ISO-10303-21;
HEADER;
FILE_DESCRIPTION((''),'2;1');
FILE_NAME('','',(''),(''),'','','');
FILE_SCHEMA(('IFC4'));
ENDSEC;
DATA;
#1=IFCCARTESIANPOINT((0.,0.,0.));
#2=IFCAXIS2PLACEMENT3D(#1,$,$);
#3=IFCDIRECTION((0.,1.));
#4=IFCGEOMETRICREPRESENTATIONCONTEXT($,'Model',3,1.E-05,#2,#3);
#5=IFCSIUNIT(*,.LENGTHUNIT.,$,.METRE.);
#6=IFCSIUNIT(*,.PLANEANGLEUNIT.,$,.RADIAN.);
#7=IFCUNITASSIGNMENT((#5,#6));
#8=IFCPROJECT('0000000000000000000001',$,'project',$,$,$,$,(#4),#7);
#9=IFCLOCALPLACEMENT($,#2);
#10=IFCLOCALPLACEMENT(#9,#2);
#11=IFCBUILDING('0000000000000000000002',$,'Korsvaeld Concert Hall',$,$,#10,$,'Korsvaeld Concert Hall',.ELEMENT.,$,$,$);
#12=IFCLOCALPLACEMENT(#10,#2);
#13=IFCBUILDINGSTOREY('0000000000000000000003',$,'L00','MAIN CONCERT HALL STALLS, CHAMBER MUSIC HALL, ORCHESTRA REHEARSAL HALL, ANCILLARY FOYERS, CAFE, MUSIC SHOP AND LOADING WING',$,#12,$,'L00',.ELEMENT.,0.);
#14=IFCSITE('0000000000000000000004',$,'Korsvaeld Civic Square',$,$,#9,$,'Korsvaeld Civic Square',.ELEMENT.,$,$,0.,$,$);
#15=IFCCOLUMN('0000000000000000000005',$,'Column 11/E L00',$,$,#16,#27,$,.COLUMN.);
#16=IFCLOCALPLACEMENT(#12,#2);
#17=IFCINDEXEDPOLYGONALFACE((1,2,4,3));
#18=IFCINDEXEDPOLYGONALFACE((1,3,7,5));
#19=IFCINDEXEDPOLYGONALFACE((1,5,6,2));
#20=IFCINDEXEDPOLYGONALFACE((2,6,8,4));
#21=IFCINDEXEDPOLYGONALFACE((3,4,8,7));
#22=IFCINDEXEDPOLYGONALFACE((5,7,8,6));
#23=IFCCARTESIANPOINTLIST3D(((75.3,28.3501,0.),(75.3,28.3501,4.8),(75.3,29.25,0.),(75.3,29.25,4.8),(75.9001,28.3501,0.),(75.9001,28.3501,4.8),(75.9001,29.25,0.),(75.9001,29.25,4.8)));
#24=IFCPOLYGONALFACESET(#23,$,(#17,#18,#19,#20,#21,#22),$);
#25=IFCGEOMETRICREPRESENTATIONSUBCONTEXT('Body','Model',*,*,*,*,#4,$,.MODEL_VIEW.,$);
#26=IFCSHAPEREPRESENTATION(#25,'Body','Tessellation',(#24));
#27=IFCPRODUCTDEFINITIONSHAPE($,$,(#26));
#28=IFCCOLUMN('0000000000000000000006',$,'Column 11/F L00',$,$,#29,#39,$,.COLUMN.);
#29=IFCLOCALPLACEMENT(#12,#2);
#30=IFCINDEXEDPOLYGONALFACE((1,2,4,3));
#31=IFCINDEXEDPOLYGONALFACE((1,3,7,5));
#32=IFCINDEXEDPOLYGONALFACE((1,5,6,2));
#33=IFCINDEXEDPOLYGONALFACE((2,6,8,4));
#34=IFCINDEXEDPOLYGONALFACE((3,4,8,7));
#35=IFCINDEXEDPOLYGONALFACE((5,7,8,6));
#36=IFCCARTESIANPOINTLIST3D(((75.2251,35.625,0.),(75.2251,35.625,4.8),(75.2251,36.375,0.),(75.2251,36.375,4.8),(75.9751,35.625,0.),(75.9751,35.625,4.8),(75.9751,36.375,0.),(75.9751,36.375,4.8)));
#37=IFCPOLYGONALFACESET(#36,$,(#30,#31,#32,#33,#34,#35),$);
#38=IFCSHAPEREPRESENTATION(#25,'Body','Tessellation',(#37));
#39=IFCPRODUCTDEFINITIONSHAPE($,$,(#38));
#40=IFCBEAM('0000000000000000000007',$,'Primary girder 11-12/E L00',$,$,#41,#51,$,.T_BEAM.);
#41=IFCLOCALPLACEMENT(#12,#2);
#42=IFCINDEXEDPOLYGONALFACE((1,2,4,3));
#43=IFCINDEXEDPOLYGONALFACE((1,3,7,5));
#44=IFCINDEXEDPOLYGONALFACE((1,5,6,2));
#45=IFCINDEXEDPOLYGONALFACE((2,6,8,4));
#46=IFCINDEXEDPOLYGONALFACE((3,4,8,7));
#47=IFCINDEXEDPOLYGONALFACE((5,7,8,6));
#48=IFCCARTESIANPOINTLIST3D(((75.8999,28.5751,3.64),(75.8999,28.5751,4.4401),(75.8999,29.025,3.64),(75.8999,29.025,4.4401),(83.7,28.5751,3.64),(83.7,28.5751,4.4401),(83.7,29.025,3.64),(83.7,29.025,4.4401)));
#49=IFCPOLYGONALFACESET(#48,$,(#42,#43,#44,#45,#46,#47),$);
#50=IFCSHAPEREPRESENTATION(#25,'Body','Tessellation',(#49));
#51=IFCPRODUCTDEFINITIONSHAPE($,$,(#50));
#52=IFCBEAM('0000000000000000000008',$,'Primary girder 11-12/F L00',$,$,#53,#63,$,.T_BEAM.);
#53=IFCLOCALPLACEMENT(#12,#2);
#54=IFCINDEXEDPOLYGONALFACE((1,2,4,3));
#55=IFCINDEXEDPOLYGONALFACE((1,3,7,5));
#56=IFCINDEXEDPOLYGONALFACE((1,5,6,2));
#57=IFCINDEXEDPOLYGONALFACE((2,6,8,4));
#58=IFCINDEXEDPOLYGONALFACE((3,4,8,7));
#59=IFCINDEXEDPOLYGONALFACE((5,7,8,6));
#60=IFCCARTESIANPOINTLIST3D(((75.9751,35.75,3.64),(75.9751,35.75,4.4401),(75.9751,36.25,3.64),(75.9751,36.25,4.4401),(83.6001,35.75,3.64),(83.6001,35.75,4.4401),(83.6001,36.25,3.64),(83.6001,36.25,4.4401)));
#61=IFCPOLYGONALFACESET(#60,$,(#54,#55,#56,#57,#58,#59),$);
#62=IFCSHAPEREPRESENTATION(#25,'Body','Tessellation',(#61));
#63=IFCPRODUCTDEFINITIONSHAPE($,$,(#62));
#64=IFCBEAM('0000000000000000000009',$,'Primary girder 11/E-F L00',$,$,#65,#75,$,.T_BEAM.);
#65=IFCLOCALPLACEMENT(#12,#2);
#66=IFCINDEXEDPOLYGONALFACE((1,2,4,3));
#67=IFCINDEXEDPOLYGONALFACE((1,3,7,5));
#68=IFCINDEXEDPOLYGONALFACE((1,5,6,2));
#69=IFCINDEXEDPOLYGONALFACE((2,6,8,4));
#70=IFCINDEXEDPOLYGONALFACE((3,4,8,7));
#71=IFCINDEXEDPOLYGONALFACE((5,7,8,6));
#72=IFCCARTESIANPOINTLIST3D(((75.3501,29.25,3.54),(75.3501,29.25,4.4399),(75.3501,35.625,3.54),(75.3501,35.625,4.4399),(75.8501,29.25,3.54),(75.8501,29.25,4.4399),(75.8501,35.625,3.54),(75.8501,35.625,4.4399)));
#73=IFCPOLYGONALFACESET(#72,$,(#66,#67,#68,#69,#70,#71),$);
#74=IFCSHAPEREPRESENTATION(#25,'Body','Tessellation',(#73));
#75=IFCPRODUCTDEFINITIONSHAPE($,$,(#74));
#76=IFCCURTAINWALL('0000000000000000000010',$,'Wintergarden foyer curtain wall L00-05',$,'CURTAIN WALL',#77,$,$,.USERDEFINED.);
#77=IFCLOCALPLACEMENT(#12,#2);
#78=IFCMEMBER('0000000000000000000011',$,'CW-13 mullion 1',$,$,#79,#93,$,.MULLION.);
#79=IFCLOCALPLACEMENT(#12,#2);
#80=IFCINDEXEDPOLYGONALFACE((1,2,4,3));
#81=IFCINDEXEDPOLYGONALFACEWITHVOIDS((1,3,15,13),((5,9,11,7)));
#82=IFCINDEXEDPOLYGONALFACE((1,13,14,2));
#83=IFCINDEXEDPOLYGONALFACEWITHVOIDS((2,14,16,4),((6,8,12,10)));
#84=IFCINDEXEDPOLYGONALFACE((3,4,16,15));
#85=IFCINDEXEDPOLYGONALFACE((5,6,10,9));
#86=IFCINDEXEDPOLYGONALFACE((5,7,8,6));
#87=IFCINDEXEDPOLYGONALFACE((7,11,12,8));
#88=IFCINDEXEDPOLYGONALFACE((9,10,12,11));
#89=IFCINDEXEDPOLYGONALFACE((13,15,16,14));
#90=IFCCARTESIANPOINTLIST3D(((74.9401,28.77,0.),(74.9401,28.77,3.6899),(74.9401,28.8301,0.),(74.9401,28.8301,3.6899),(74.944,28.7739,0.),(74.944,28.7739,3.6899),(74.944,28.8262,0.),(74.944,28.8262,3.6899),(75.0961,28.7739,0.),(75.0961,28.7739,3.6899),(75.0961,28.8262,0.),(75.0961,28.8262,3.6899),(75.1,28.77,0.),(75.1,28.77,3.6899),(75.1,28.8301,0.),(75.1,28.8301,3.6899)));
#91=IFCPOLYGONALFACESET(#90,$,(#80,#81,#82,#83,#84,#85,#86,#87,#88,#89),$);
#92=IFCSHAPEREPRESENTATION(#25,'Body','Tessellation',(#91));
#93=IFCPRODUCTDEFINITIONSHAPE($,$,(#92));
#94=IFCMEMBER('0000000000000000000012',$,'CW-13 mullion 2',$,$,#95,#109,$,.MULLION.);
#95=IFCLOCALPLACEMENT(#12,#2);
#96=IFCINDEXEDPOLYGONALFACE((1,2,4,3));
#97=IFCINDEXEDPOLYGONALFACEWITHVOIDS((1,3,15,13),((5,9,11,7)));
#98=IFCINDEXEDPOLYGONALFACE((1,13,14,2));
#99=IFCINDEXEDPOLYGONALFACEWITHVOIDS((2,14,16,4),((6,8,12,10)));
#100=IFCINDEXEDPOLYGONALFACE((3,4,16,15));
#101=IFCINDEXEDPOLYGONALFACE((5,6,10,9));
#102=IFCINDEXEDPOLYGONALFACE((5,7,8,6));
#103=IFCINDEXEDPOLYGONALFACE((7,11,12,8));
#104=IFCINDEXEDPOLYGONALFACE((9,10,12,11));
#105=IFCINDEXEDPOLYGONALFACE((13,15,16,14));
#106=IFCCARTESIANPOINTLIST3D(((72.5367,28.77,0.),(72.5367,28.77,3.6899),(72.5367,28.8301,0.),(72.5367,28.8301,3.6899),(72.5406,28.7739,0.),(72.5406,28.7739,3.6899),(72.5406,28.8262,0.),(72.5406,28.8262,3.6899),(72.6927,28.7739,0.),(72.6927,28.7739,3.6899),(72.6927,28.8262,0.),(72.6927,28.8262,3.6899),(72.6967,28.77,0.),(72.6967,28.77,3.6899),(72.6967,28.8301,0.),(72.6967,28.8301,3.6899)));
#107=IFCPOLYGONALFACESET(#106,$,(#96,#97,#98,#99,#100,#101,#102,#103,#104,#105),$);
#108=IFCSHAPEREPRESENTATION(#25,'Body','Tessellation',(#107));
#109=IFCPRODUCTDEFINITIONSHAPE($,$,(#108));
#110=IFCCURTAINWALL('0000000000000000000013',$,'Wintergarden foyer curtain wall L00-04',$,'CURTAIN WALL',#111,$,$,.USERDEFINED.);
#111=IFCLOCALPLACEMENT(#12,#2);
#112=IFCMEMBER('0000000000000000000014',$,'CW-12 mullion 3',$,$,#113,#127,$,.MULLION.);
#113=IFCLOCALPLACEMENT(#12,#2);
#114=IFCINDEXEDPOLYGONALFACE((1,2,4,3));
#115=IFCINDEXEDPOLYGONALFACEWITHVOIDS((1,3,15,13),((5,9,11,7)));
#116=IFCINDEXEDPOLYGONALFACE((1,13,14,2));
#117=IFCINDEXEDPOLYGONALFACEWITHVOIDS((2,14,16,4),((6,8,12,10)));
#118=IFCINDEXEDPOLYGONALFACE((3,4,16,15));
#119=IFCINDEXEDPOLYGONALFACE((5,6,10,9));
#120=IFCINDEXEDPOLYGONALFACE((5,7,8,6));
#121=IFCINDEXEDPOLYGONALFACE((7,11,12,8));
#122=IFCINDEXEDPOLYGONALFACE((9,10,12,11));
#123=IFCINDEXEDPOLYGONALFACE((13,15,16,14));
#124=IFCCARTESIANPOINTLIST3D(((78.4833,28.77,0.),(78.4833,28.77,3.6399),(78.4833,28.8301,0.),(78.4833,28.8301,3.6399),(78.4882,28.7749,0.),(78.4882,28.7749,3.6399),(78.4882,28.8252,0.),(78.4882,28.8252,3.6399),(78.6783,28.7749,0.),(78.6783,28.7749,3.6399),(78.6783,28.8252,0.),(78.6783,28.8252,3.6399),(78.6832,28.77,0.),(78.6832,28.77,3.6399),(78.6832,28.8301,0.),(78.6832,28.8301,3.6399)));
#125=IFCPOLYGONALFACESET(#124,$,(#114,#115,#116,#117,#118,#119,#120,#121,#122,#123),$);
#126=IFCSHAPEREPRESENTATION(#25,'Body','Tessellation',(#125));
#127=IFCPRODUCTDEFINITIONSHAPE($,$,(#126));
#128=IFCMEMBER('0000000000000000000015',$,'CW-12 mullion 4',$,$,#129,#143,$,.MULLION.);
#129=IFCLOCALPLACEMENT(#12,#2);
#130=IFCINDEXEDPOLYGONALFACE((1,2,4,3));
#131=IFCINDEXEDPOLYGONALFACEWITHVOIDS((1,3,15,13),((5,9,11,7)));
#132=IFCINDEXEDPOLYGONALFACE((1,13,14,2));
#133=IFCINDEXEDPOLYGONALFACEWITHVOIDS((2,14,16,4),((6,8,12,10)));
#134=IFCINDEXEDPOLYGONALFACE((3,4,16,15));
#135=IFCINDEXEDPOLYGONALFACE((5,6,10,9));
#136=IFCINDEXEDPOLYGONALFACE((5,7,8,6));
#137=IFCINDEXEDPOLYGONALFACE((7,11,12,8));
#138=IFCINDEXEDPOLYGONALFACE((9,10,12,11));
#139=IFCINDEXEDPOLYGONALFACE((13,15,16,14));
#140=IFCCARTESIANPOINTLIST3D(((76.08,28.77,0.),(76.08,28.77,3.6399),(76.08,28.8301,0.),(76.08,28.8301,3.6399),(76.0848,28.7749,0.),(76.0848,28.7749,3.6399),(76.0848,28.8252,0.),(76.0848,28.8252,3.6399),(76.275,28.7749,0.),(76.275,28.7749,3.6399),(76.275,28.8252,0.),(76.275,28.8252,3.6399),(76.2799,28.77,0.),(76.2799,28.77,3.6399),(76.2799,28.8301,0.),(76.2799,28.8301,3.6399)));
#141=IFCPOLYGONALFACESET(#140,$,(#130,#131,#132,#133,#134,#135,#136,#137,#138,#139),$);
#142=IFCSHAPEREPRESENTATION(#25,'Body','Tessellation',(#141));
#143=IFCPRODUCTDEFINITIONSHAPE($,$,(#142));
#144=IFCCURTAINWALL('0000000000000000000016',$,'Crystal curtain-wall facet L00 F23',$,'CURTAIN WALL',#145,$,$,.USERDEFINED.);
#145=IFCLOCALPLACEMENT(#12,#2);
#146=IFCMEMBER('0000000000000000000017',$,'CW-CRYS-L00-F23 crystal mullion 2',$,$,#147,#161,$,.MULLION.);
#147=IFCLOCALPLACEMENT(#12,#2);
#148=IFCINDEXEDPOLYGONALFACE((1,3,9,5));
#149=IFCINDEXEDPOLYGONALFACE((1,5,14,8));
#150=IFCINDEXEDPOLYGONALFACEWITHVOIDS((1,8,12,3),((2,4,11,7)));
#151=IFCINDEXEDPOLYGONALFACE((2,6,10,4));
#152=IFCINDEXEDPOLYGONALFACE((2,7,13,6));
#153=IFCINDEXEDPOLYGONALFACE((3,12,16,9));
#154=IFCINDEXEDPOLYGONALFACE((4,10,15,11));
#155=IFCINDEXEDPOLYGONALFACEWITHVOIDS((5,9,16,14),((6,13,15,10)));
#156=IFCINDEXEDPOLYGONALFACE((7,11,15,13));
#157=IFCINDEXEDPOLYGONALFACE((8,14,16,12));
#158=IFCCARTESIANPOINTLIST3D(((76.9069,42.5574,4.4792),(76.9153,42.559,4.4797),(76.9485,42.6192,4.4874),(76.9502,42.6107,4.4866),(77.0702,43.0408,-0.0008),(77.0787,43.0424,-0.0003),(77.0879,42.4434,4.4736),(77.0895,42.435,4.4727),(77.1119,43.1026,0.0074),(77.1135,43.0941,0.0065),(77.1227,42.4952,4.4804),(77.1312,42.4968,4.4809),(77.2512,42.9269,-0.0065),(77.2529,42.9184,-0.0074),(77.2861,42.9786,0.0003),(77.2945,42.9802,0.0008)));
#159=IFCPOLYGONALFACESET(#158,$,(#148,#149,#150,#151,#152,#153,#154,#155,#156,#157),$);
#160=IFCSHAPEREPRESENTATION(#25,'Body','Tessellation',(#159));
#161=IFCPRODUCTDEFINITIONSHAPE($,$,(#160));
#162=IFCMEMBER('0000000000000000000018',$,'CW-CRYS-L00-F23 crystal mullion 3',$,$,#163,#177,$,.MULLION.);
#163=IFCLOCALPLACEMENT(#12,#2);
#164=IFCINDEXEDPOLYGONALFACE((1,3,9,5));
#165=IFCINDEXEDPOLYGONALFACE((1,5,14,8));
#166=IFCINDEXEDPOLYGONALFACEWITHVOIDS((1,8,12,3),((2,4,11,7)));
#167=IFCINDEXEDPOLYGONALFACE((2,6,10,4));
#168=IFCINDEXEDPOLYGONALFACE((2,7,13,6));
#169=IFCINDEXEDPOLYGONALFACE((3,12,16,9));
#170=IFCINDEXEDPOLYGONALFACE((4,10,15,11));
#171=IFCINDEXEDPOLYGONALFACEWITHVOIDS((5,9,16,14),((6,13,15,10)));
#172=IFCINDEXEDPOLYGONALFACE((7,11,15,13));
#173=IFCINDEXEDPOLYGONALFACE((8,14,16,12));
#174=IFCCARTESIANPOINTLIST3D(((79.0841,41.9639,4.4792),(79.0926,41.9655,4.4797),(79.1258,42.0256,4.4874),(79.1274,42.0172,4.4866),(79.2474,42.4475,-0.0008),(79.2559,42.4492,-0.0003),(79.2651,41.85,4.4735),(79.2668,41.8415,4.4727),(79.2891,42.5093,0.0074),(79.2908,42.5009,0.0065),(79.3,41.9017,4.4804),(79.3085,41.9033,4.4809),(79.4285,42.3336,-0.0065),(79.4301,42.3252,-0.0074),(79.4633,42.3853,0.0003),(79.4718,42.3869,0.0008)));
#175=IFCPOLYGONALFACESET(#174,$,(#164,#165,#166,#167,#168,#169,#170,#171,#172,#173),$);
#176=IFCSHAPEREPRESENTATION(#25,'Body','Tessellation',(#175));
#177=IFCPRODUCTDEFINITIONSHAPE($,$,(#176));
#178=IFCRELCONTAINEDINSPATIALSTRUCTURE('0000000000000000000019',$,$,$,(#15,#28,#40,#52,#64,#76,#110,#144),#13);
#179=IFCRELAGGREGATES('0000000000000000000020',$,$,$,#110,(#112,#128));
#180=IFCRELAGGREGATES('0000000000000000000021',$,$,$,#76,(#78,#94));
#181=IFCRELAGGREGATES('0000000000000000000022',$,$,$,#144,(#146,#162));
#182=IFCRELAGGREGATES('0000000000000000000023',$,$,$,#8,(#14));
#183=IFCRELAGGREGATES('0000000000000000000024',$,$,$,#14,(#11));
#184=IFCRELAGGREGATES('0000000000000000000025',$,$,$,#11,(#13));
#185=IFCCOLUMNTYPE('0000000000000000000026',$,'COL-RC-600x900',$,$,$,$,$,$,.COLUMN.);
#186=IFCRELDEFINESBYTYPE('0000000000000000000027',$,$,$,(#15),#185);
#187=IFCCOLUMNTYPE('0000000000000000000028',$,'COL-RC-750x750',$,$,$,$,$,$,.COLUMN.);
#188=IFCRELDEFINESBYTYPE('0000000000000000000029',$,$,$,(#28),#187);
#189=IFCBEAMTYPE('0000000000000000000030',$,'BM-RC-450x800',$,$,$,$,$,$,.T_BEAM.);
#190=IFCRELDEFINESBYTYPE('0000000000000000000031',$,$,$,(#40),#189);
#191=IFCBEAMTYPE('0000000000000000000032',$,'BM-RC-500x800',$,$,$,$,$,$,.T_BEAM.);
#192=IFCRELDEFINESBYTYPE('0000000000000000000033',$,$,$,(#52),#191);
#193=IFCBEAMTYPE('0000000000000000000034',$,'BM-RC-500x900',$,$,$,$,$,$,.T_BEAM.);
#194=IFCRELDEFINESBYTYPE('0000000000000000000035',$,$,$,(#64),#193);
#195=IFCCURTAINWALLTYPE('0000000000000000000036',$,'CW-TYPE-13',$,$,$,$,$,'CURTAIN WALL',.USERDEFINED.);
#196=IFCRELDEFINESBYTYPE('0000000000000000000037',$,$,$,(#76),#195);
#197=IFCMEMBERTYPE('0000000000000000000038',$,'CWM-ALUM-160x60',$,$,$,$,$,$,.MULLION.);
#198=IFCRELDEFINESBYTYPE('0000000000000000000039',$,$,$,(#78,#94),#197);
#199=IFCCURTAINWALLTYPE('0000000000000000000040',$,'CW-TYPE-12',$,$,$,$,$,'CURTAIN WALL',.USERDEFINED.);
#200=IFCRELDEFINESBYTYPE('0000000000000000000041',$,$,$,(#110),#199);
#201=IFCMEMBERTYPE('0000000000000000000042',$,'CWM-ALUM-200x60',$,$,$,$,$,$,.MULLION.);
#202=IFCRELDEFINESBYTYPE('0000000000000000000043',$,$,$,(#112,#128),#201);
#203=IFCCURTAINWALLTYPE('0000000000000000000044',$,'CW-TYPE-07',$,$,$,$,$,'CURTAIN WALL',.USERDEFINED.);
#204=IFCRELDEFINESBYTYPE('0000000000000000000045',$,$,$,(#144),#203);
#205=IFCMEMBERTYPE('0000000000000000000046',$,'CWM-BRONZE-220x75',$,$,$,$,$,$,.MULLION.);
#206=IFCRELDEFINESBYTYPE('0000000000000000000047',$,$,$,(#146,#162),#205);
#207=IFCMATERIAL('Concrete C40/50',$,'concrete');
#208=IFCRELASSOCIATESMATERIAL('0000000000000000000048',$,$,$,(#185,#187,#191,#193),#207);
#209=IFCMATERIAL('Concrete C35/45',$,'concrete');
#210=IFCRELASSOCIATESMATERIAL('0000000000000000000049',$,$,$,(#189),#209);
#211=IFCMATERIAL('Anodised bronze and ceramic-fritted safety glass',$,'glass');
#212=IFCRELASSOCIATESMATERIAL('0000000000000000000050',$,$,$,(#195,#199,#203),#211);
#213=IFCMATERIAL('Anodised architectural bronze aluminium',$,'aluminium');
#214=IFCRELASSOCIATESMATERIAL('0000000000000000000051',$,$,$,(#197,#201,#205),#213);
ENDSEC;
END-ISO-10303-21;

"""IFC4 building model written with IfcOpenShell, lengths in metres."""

from ifc_helpers import new_model, si_unit, direction, frame, origin, origin_2d, place, context, subcontext, project, spatial, rectangle, hollow_rectangle, extrude, material, material_profile, profile_set, type_object, element, aggregate, save


model = new_model("IFC4")

# Units and contexts
model_context = context("Model", 3, precision=1e-05, world=origin(), true_north=direction((0.0, 1.0)))
body_context = subcontext(model_context, "Body", "Model", "MODEL_VIEW")
ifc_project = project(units=[si_unit("LENGTHUNIT", "METRE"), si_unit("PLANEANGLEUNIT", "RADIAN")], contexts=[model_context])

# Site, building, storey
site_placement = place(None, origin())
site = spatial("IfcSite", under=ifc_project, at=site_placement, Name="Korsvaeld Civic Square", LongName="Korsvaeld Civic Square", CompositionType="ELEMENT", RefElevation=0.0)
building_placement = place(site_placement, origin())
building = spatial("IfcBuilding", under=site, at=building_placement, Name="Korsvaeld Concert Hall", LongName="Korsvaeld Concert Hall", CompositionType="ELEMENT")
storey_placement = place(building_placement, origin())
storey = spatial("IfcBuildingStorey", under=building, at=storey_placement, Name="L00", Description="MAIN CONCERT HALL STALLS, CHAMBER MUSIC HALL, ORCHESTRA REHEARSAL HALL, ANCILLARY FOYERS, CAFE, MUSIC SHOP AND LOADING WING", LongName="L00", CompositionType="ELEMENT", Elevation=0.0)

# Columns
ifc_material_1 = material(Name="Concrete C40/50", Category="concrete")
ifc_material_profile_1 = material_profile(ifc_material_1, rectangle(XDim=0.6001, YDim=0.8999, at=origin_2d()), Name="RC 600x900")
ifc_profile_set_1 = profile_set([ifc_material_profile_1], Name="Concrete C40/50")
column_type_1 = type_object("IfcColumnType", Name="COL-RC-600x900", PredefinedType="COLUMN", material=ifc_profile_set_1)
column_1_placement = place(storey_placement, frame((75.6001, 28.8, 0.0), z_axis=(0.0, 0.0, 1.0), x_axis=(1.0, 0.0, 0.0)))
element("IfcColumn", 1, at=column_1_placement, inside=storey, type_object=column_type_1, Name="Column 11/E L00", PredefinedType="COLUMN", context=body_context, shape_type="SweptSolid", body=[
    extrude(rectangle(XDim=0.6001, YDim=0.8999, at=origin_2d()), origin(), (0.0, 0.0, 1.0), 4.8),
])
ifc_material_profile_2 = material_profile(ifc_material_1, rectangle(XDim=0.75, YDim=0.75, at=origin_2d()), Name="RC 750x750")
ifc_profile_set_2 = profile_set([ifc_material_profile_2], Name="Concrete C40/50")
column_type_2 = type_object("IfcColumnType", Name="COL-RC-750x750", PredefinedType="COLUMN", material=ifc_profile_set_2)
column_2_placement = place(storey_placement, frame((75.6001, 36.0, 0.0), z_axis=(0.0, 0.0, 1.0), x_axis=(1.0, 0.0, 0.0)))
element("IfcColumn", 2, at=column_2_placement, inside=storey, type_object=column_type_2, Name="Column 11/F L00", PredefinedType="COLUMN", context=body_context, shape_type="SweptSolid", body=[
    extrude(rectangle(XDim=0.75, YDim=0.75, at=origin_2d()), origin(), (0.0, 0.0, 1.0), 4.8),
])

# Beams
ifc_material_2 = material(Name="Concrete C35/45", Category="concrete")
ifc_material_profile_3 = material_profile(ifc_material_2, rectangle(XDim=0.45, YDim=0.8, at=origin_2d()), Name="RC 450x800")
ifc_profile_set_3 = profile_set([ifc_material_profile_3], Name="Concrete C35/45")
beam_type_1 = type_object("IfcBeamType", Name="BM-RC-450x800", PredefinedType="T_BEAM", material=ifc_profile_set_3)
beam_1_placement = place(storey_placement, frame((75.8999, 28.8, 4.04), z_axis=(1.0, 0.0, 0.0), x_axis=(0.0, 1.0, 0.0)))
element("IfcBeam", 3, at=beam_1_placement, inside=storey, type_object=beam_type_1, Name="Primary girder 11-12/E L00", PredefinedType="T_BEAM", context=body_context, shape_type="SweptSolid", body=[
    extrude(rectangle(XDim=0.45, YDim=0.8, at=origin_2d()), origin(), (0.0, 0.0, 1.0), 7.8),
])
ifc_material_profile_4 = material_profile(ifc_material_1, rectangle(XDim=0.5, YDim=0.8, at=origin_2d()), Name="RC 500x800")
ifc_profile_set_4 = profile_set([ifc_material_profile_4], Name="Concrete C40/50")
beam_type_2 = type_object("IfcBeamType", Name="BM-RC-500x800", PredefinedType="T_BEAM", material=ifc_profile_set_4)
beam_2_placement = place(storey_placement, frame((75.9751, 36.0, 4.04), z_axis=(1.0, 0.0, 0.0), x_axis=(0.0, 1.0, 0.0)))
element("IfcBeam", 4, at=beam_2_placement, inside=storey, type_object=beam_type_2, Name="Primary girder 11-12/F L00", PredefinedType="T_BEAM", context=body_context, shape_type="SweptSolid", body=[
    extrude(rectangle(XDim=0.5, YDim=0.8, at=origin_2d()), origin(), (0.0, 0.0, 1.0), 7.625),
])
ifc_material_profile_5 = material_profile(ifc_material_1, rectangle(XDim=0.5, YDim=0.8999, at=origin_2d()), Name="RC 500x900")
ifc_profile_set_5 = profile_set([ifc_material_profile_5], Name="Concrete C40/50")
beam_type_3 = type_object("IfcBeamType", Name="BM-RC-500x900", PredefinedType="T_BEAM", material=ifc_profile_set_5)
beam_3_placement = place(storey_placement, frame((75.6001, 29.25, 3.99), z_axis=(0.0, 1.0, 0.0), x_axis=(-1.0, 0.0, 0.0)))
element("IfcBeam", 5, at=beam_3_placement, inside=storey, type_object=beam_type_3, Name="Primary girder 11/E-F L00", PredefinedType="T_BEAM", context=body_context, shape_type="SweptSolid", body=[
    extrude(rectangle(XDim=0.5, YDim=0.8999, at=origin_2d()), origin(), (0.0, 0.0, 1.0), 6.375),
])

# Curtain walls, members
ifc_material_3 = material(Name="Anodised bronze and ceramic-fritted safety glass", Category="glass")
curtain_wall_type_1 = type_object("IfcCurtainWallType", Name="CW-TYPE-13", ElementType="CURTAIN WALL", PredefinedType="USERDEFINED", material=ifc_material_3)
curtain_wall_1_placement = place(storey_placement, origin())
curtain_wall_1 = element("IfcCurtainWall", 6, at=curtain_wall_1_placement, inside=storey, type_object=curtain_wall_type_1, Name="Wintergarden foyer curtain wall L00-05", ObjectType="CURTAIN WALL", PredefinedType="USERDEFINED")
ifc_material_4 = material(Name="Anodised architectural bronze aluminium", Category="aluminium")
ifc_material_profile_6 = material_profile(ifc_material_4, hollow_rectangle(XDim=0.0601, YDim=0.1599, WallThickness=0.0039, at=origin_2d()), Name="CWM 160x60x4")
ifc_profile_set_6 = profile_set([ifc_material_profile_6], Name="Anodised architectural bronze aluminium")
member_type_1 = type_object("IfcMemberType", Name="CWM-ALUM-160x60", PredefinedType="MULLION", material=ifc_profile_set_6)
member_1_placement = place(storey_placement, frame((75.02, 28.8, 0.0), z_axis=(0.0, 0.0, 1.0), x_axis=(0.0, -1.0, 0.0)))
member_1 = element("IfcMember", 7, at=member_1_placement, type_object=member_type_1, Name="CW-13 mullion 1", PredefinedType="MULLION", context=body_context, shape_type="SweptSolid", body=[
    extrude(hollow_rectangle(XDim=0.0601, YDim=0.1599, WallThickness=0.0039, at=origin_2d()), origin(), (0.0, 0.0, 1.0), 3.6899),
])
member_2_placement = place(storey_placement, frame((72.6167, 28.8, 0.0), z_axis=(0.0, 0.0, 1.0), x_axis=(0.0, -1.0, 0.0)))
member_2 = element("IfcMember", 8, at=member_2_placement, type_object=member_type_1, Name="CW-13 mullion 2", PredefinedType="MULLION", context=body_context, shape_type="SweptSolid", body=[
    extrude(hollow_rectangle(XDim=0.0601, YDim=0.1599, WallThickness=0.0039, at=origin_2d()), origin(), (0.0, 0.0, 1.0), 3.6899),
])
curtain_wall_type_2 = type_object("IfcCurtainWallType", Name="CW-TYPE-12", ElementType="CURTAIN WALL", PredefinedType="USERDEFINED", material=ifc_material_3)
curtain_wall_2_placement = place(storey_placement, origin())
curtain_wall_2 = element("IfcCurtainWall", 9, at=curtain_wall_2_placement, inside=storey, type_object=curtain_wall_type_2, Name="Wintergarden foyer curtain wall L00-04", ObjectType="CURTAIN WALL", PredefinedType="USERDEFINED")
ifc_material_profile_7 = material_profile(ifc_material_4, hollow_rectangle(XDim=0.0601, YDim=0.2, WallThickness=0.0049, at=origin_2d()), Name="CWM 200x60x5")
ifc_profile_set_7 = profile_set([ifc_material_profile_7], Name="Anodised architectural bronze aluminium")
member_type_2 = type_object("IfcMemberType", Name="CWM-ALUM-200x60", PredefinedType="MULLION", material=ifc_profile_set_7)
member_3_placement = place(storey_placement, frame((78.5833, 28.8, 0.0), z_axis=(0.0, 0.0, 1.0), x_axis=(0.0, -1.0, 0.0)))
member_3 = element("IfcMember", 10, at=member_3_placement, type_object=member_type_2, Name="CW-12 mullion 3", PredefinedType="MULLION", context=body_context, shape_type="SweptSolid", body=[
    extrude(hollow_rectangle(XDim=0.0601, YDim=0.2, WallThickness=0.0049, at=origin_2d()), origin(), (0.0, 0.0, 1.0), 3.6399),
])
member_4_placement = place(storey_placement, frame((76.1799, 28.8, 0.0), z_axis=(0.0, 0.0, 1.0), x_axis=(0.0, -1.0, 0.0)))
member_4 = element("IfcMember", 11, at=member_4_placement, type_object=member_type_2, Name="CW-12 mullion 4", PredefinedType="MULLION", context=body_context, shape_type="SweptSolid", body=[
    extrude(hollow_rectangle(XDim=0.0601, YDim=0.2, WallThickness=0.0049, at=origin_2d()), origin(), (0.0, 0.0, 1.0), 3.6399),
])
curtain_wall_type_3 = type_object("IfcCurtainWallType", Name="CW-TYPE-07", ElementType="CURTAIN WALL", PredefinedType="USERDEFINED", material=ifc_material_3)
curtain_wall_3_placement = place(storey_placement, origin())
curtain_wall_3 = element("IfcCurtainWall", 12, at=curtain_wall_3_placement, inside=storey, type_object=curtain_wall_type_3, Name="Crystal curtain-wall facet L00 F23", ObjectType="CURTAIN WALL", PredefinedType="USERDEFINED")
ifc_material_profile_8 = material_profile(ifc_material_4, hollow_rectangle(XDim=0.075, YDim=0.22, WallThickness=0.0061, at=origin_2d()), Name="CWM 220x75x6")
ifc_profile_set_8 = profile_set([ifc_material_profile_8], Name="Anodised architectural bronze aluminium")
member_type_3 = type_object("IfcMemberType", Name="CWM-BRONZE-220x75", PredefinedType="MULLION", material=ifc_profile_set_8)
member_5_placement = place(storey_placement, frame((77.1824, 43.0105, 0.0), z_axis=(-0.036224, -0.107209, 0.993576), x_axis=(0.555933, 0.824025, 0.109182)))
member_5 = element("IfcMember", 13, at=member_5_placement, type_object=member_type_3, Name="CW-CRYS-L00-F23 crystal mullion 2", PredefinedType="MULLION", context=body_context, shape_type="SweptSolid", body=[
    extrude(hollow_rectangle(XDim=0.075, YDim=0.22, WallThickness=0.0061, at=origin_2d()), origin(), (0.0, 0.0, 1.0), 4.509),
])
member_6_placement = place(storey_placement, frame((79.3596, 42.4172, 0.0), z_axis=(-0.036223, -0.107262, 0.993571), x_axis=(0.555805, 0.824105, 0.109231)))
member_6 = element("IfcMember", 14, at=member_6_placement, type_object=member_type_3, Name="CW-CRYS-L00-F23 crystal mullion 3", PredefinedType="MULLION", context=body_context, shape_type="SweptSolid", body=[
    extrude(hollow_rectangle(XDim=0.075, YDim=0.22, WallThickness=0.0061, at=origin_2d()), origin(), (0.0, 0.0, 1.0), 4.509),
])

aggregate(curtain_wall_2, [member_3, member_4])
aggregate(curtain_wall_1, [member_1, member_2])
aggregate(curtain_wall_3, [member_5, member_6])

save(model, "model.ifc")
